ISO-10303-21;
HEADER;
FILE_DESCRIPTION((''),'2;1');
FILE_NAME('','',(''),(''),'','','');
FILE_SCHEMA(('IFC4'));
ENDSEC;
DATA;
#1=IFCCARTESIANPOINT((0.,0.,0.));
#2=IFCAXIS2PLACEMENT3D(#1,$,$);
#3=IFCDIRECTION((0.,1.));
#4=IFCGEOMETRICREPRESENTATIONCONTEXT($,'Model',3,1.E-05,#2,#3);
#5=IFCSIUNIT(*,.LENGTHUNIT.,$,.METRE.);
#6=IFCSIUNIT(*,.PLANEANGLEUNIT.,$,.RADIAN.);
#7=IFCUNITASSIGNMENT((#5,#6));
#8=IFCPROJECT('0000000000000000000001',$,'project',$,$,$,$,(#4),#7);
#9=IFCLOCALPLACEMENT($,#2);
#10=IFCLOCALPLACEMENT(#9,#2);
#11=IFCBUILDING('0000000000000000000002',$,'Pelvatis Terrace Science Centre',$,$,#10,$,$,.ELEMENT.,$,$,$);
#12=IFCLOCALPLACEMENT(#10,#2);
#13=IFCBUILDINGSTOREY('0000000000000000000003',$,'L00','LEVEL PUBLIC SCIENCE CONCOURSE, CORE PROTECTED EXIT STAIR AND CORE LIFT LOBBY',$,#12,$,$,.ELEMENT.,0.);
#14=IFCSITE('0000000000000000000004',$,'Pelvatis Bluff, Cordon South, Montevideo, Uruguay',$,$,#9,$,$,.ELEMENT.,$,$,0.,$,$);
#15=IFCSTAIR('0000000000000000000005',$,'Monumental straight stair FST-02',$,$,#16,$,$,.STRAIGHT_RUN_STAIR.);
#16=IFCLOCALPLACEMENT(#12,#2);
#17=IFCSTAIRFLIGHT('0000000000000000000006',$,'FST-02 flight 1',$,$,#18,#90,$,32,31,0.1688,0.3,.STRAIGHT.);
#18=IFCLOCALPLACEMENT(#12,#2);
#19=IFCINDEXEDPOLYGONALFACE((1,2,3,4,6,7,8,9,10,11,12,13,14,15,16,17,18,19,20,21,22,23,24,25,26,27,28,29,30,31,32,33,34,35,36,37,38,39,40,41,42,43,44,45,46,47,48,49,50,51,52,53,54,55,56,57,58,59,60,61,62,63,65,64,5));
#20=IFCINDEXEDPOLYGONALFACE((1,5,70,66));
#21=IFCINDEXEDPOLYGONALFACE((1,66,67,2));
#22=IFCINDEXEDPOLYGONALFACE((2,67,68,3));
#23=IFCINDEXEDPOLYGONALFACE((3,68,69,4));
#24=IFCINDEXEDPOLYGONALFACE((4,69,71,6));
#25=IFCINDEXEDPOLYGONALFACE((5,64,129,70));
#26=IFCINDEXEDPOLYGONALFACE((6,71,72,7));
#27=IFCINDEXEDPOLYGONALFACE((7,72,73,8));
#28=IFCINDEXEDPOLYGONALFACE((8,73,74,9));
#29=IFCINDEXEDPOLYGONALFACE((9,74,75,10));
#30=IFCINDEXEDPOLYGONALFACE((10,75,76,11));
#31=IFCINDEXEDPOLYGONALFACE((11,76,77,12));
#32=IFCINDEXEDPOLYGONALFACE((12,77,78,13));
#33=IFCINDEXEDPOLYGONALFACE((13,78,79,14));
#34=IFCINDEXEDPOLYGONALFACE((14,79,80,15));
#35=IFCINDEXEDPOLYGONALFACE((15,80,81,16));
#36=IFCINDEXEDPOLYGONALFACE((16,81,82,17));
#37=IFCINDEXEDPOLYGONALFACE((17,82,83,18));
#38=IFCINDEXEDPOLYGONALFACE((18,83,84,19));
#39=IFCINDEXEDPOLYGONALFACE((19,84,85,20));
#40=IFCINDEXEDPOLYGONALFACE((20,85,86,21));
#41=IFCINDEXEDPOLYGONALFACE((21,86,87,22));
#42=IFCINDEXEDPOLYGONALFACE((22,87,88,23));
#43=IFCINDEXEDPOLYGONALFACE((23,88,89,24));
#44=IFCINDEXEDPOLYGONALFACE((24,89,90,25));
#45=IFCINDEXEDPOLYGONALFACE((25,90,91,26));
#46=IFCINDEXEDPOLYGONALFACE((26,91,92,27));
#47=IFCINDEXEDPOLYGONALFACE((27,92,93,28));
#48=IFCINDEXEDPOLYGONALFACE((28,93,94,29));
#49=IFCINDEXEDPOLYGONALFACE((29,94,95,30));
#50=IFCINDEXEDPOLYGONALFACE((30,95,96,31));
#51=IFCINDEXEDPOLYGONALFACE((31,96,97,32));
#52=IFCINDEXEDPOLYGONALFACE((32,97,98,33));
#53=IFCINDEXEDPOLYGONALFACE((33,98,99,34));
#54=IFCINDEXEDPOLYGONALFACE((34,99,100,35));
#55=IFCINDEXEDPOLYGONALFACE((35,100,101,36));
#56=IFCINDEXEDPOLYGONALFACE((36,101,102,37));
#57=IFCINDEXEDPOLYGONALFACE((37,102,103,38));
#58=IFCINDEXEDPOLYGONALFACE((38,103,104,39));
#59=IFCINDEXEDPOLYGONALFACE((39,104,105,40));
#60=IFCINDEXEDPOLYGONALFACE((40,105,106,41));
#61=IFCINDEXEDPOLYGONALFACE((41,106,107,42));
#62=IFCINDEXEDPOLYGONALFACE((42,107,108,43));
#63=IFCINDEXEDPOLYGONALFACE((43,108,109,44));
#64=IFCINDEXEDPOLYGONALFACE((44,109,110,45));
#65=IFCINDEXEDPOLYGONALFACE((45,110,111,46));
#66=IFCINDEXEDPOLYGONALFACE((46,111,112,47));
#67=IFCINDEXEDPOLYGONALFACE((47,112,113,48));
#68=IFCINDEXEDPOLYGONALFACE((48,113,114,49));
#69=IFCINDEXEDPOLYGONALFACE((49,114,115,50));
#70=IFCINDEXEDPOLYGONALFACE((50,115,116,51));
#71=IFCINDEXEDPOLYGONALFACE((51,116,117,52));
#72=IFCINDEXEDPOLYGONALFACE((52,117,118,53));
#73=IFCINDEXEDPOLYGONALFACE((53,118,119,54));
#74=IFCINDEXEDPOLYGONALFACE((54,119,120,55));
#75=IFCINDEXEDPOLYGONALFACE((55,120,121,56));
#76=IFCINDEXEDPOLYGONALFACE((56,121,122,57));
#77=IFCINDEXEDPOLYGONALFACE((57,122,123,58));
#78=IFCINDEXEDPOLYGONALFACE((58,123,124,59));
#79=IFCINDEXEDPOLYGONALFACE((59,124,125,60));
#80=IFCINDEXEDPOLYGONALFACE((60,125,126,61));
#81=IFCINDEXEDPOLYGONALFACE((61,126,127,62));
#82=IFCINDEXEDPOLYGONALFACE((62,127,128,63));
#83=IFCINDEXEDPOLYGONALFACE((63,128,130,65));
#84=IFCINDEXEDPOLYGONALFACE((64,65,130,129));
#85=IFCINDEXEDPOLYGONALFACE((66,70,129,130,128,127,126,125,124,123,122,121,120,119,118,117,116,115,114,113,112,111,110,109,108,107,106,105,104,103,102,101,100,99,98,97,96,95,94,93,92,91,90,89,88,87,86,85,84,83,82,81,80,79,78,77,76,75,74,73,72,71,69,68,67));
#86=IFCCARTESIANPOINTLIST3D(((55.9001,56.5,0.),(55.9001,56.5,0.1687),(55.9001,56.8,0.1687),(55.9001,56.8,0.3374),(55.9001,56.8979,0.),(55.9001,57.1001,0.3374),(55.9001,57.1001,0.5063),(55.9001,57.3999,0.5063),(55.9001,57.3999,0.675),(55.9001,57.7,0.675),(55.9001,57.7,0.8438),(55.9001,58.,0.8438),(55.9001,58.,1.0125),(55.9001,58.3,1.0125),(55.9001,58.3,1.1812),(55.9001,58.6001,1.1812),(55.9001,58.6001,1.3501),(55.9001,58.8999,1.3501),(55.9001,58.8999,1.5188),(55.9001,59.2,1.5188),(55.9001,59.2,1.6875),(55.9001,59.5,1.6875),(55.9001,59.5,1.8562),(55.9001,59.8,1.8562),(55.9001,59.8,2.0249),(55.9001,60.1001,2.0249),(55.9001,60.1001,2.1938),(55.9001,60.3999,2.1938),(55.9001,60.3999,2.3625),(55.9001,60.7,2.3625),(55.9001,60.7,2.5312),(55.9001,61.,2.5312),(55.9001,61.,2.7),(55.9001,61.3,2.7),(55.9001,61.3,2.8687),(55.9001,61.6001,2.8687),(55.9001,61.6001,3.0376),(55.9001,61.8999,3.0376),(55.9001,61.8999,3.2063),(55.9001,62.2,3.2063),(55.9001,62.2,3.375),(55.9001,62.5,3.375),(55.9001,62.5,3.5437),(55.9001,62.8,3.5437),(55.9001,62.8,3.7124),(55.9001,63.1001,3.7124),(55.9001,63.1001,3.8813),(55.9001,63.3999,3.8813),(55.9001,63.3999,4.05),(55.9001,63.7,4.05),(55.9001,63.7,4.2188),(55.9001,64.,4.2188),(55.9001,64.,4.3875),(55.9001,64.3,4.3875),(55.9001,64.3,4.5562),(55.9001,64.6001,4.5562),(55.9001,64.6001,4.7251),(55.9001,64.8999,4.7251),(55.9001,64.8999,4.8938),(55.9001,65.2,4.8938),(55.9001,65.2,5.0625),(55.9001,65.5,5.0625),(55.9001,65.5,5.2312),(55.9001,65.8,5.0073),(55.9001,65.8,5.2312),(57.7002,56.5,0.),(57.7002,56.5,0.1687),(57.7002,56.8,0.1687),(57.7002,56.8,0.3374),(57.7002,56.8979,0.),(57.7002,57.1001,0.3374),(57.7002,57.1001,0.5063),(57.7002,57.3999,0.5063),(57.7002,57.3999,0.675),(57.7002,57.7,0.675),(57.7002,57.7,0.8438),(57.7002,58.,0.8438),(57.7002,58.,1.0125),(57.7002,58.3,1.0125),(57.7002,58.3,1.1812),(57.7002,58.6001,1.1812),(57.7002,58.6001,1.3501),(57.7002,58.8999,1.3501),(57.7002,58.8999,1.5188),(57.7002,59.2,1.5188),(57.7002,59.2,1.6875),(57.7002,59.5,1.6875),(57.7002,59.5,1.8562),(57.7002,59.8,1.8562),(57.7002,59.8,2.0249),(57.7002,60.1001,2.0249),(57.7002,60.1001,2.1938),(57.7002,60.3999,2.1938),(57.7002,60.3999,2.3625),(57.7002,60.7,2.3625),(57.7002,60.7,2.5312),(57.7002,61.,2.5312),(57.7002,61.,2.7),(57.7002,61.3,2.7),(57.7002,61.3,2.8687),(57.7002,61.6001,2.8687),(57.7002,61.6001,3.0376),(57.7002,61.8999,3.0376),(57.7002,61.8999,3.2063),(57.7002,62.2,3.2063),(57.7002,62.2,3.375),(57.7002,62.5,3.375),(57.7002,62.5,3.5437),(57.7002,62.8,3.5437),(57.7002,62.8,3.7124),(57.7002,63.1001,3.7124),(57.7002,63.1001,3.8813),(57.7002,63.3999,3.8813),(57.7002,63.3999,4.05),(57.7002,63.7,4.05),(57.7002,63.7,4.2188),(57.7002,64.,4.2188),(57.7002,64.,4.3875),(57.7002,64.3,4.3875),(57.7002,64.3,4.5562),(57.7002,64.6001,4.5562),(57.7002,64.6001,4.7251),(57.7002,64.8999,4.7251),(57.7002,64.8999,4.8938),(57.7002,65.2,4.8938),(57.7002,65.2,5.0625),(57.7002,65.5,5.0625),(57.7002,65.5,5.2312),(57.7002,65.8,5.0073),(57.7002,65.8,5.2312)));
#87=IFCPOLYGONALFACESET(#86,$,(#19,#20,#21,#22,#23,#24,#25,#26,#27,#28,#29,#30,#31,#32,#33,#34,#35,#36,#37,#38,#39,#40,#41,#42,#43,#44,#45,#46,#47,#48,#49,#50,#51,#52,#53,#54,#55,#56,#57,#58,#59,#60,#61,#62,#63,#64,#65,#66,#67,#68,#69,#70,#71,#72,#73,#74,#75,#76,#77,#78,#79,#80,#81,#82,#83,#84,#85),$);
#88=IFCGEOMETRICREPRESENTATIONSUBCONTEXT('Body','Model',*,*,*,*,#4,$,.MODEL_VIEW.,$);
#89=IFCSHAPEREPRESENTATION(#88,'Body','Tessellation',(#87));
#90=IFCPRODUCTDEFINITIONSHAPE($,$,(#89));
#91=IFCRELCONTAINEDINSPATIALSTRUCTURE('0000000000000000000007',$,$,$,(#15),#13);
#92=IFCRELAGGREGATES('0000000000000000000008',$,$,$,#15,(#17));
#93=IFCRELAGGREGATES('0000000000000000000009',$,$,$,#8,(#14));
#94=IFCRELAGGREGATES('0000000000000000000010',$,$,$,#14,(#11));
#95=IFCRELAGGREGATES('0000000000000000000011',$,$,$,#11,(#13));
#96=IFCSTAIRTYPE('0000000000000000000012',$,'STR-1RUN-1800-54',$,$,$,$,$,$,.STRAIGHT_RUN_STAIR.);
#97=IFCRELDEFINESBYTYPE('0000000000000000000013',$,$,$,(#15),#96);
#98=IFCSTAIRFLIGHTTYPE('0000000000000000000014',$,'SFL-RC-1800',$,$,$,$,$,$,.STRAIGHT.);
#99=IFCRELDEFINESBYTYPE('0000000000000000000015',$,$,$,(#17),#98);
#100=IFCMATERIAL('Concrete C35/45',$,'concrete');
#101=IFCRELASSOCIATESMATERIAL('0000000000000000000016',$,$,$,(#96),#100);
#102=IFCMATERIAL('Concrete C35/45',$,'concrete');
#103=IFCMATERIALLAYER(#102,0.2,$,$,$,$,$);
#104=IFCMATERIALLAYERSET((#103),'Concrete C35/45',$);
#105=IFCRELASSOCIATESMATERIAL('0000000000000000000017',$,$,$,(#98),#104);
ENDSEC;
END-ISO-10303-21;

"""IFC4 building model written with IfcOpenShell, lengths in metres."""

from ifc_helpers import new_model, si_unit, direction, frame, origin, place, context, subcontext, project, spatial, polyline, outline, extrude, material, layer, layer_set, type_object, element, aggregate, save


model = new_model("IFC4")

# Units and contexts
model_context = context("Model", 3, precision=1e-05, world=origin(), true_north=direction((0.0, 1.0)))
body_context = subcontext(model_context, "Body", "Model", "MODEL_VIEW")
ifc_project = project(units=[si_unit("LENGTHUNIT", "METRE"), si_unit("PLANEANGLEUNIT", "RADIAN")], contexts=[model_context])

# Site, building, storey
site_placement = place(None, origin())
site = spatial("IfcSite", under=ifc_project, at=site_placement, Name="Pelvatis Bluff, Cordon South, Montevideo, Uruguay", CompositionType="ELEMENT", RefElevation=0.0)
building_placement = place(site_placement, origin())
building = spatial("IfcBuilding", under=site, at=building_placement, Name="Pelvatis Terrace Science Centre", CompositionType="ELEMENT")
storey_placement = place(building_placement, origin())
storey = spatial("IfcBuildingStorey", under=building, at=storey_placement, Name="L00", Description="LEVEL PUBLIC SCIENCE CONCOURSE, CORE PROTECTED EXIT STAIR AND CORE LIFT LOBBY", CompositionType="ELEMENT", Elevation=0.0)

# Stair, stair flight
ifc_material_1 = material(Name="Concrete C35/45", Category="concrete")
stair_type = type_object("IfcStairType", Name="STR-1RUN-1800-54", PredefinedType="STRAIGHT_RUN_STAIR", material=ifc_material_1)
stair_placement = place(storey_placement, origin())
stair = element("IfcStair", 1, at=stair_placement, inside=storey, type_object=stair_type, Name="Monumental straight stair FST-02", PredefinedType="STRAIGHT_RUN_STAIR")
ifc_material_2 = material(Name="Concrete C35/45", Category="concrete")
ifc_layer_1 = layer(ifc_material_2, 0.2)
ifc_layer_set_1 = layer_set([ifc_layer_1], Name="Concrete C35/45")
stair_flight_type = type_object("IfcStairFlightType", Name="SFL-RC-1800", PredefinedType="STRAIGHT", material=ifc_layer_set_1)
stair_flight_placement = place(storey_placement, frame((56.8, 56.5, 0.0), z_axis=(0.0, 0.0, 1.0), x_axis=(0.0, 1.0, 0.0)))
stair_flight = element("IfcStairFlight", 2, at=stair_flight_placement, type_object=stair_flight_type, Name="FST-02 flight 1", NumberOfRisers=32, NumberOfTreads=31, PredefinedType="STRAIGHT", RiserHeight=0.1688, TreadLength=0.3, context=body_context, shape_type="SweptSolid", body=[
    extrude(outline(polyline([(0.0, 0.0), (0.0, 0.1687), (0.3, 0.1687), (0.3, 0.3374), (0.6001, 0.3374), (0.6001, 0.5063), (0.8999, 0.5063), (0.8999, 0.675), (1.2, 0.675), (1.2, 0.8438), (1.5, 0.8438), (1.5, 1.0125), (1.8, 1.0125), (1.8, 1.1812), (2.1001, 1.1812), (2.1001, 1.3501), (2.3999, 1.3501), (2.3999, 1.5188), (2.7, 1.5188), (2.7, 1.6875), (3.0, 1.6875), (3.0, 1.8562), (3.3, 1.8562), (3.3, 2.0249), (3.6001, 2.0249), (3.6001, 2.1938), (3.8999, 2.1938), (3.8999, 2.3625), (4.2, 2.3625), (4.2, 2.5312), (4.5, 2.5312), (4.5, 2.7), (4.8, 2.7), (4.8, 2.8687), (5.1001, 2.8687), (5.1001, 3.0376), (5.3999, 3.0376), (5.3999, 3.2063), (5.7, 3.2063), (5.7, 3.375), (6.0, 3.375), (6.0, 3.5437), (6.3, 3.5437), (6.3, 3.7124), (6.6001, 3.7124), (6.6001, 3.8813), (6.8999, 3.8813), (6.8999, 4.05), (7.2, 4.05), (7.2, 4.2188), (7.5, 4.2188), (7.5, 4.3875), (7.8, 4.3875), (7.8, 4.5562), (8.1001, 4.5562), (8.1001, 4.7251), (8.3999, 4.7251), (8.3999, 4.8938), (8.7, 4.8938), (8.7, 5.0625), (9.0, 5.0625), (9.0, 5.2312), (9.3, 5.2312), (9.3, 5.3999), (9.3, 5.0073), (0.3979, 0.0), (0.0, 0.0)])), frame((0.0, 0.8999, 0.0), z_axis=(0.0, -1.0, 0.0), x_axis=(1.0, 0.0, 0.0)), (0.0, 0.0, 1.0), 1.8),
])
aggregate(stair, [stair_flight])

save(model, "model.ifc")
